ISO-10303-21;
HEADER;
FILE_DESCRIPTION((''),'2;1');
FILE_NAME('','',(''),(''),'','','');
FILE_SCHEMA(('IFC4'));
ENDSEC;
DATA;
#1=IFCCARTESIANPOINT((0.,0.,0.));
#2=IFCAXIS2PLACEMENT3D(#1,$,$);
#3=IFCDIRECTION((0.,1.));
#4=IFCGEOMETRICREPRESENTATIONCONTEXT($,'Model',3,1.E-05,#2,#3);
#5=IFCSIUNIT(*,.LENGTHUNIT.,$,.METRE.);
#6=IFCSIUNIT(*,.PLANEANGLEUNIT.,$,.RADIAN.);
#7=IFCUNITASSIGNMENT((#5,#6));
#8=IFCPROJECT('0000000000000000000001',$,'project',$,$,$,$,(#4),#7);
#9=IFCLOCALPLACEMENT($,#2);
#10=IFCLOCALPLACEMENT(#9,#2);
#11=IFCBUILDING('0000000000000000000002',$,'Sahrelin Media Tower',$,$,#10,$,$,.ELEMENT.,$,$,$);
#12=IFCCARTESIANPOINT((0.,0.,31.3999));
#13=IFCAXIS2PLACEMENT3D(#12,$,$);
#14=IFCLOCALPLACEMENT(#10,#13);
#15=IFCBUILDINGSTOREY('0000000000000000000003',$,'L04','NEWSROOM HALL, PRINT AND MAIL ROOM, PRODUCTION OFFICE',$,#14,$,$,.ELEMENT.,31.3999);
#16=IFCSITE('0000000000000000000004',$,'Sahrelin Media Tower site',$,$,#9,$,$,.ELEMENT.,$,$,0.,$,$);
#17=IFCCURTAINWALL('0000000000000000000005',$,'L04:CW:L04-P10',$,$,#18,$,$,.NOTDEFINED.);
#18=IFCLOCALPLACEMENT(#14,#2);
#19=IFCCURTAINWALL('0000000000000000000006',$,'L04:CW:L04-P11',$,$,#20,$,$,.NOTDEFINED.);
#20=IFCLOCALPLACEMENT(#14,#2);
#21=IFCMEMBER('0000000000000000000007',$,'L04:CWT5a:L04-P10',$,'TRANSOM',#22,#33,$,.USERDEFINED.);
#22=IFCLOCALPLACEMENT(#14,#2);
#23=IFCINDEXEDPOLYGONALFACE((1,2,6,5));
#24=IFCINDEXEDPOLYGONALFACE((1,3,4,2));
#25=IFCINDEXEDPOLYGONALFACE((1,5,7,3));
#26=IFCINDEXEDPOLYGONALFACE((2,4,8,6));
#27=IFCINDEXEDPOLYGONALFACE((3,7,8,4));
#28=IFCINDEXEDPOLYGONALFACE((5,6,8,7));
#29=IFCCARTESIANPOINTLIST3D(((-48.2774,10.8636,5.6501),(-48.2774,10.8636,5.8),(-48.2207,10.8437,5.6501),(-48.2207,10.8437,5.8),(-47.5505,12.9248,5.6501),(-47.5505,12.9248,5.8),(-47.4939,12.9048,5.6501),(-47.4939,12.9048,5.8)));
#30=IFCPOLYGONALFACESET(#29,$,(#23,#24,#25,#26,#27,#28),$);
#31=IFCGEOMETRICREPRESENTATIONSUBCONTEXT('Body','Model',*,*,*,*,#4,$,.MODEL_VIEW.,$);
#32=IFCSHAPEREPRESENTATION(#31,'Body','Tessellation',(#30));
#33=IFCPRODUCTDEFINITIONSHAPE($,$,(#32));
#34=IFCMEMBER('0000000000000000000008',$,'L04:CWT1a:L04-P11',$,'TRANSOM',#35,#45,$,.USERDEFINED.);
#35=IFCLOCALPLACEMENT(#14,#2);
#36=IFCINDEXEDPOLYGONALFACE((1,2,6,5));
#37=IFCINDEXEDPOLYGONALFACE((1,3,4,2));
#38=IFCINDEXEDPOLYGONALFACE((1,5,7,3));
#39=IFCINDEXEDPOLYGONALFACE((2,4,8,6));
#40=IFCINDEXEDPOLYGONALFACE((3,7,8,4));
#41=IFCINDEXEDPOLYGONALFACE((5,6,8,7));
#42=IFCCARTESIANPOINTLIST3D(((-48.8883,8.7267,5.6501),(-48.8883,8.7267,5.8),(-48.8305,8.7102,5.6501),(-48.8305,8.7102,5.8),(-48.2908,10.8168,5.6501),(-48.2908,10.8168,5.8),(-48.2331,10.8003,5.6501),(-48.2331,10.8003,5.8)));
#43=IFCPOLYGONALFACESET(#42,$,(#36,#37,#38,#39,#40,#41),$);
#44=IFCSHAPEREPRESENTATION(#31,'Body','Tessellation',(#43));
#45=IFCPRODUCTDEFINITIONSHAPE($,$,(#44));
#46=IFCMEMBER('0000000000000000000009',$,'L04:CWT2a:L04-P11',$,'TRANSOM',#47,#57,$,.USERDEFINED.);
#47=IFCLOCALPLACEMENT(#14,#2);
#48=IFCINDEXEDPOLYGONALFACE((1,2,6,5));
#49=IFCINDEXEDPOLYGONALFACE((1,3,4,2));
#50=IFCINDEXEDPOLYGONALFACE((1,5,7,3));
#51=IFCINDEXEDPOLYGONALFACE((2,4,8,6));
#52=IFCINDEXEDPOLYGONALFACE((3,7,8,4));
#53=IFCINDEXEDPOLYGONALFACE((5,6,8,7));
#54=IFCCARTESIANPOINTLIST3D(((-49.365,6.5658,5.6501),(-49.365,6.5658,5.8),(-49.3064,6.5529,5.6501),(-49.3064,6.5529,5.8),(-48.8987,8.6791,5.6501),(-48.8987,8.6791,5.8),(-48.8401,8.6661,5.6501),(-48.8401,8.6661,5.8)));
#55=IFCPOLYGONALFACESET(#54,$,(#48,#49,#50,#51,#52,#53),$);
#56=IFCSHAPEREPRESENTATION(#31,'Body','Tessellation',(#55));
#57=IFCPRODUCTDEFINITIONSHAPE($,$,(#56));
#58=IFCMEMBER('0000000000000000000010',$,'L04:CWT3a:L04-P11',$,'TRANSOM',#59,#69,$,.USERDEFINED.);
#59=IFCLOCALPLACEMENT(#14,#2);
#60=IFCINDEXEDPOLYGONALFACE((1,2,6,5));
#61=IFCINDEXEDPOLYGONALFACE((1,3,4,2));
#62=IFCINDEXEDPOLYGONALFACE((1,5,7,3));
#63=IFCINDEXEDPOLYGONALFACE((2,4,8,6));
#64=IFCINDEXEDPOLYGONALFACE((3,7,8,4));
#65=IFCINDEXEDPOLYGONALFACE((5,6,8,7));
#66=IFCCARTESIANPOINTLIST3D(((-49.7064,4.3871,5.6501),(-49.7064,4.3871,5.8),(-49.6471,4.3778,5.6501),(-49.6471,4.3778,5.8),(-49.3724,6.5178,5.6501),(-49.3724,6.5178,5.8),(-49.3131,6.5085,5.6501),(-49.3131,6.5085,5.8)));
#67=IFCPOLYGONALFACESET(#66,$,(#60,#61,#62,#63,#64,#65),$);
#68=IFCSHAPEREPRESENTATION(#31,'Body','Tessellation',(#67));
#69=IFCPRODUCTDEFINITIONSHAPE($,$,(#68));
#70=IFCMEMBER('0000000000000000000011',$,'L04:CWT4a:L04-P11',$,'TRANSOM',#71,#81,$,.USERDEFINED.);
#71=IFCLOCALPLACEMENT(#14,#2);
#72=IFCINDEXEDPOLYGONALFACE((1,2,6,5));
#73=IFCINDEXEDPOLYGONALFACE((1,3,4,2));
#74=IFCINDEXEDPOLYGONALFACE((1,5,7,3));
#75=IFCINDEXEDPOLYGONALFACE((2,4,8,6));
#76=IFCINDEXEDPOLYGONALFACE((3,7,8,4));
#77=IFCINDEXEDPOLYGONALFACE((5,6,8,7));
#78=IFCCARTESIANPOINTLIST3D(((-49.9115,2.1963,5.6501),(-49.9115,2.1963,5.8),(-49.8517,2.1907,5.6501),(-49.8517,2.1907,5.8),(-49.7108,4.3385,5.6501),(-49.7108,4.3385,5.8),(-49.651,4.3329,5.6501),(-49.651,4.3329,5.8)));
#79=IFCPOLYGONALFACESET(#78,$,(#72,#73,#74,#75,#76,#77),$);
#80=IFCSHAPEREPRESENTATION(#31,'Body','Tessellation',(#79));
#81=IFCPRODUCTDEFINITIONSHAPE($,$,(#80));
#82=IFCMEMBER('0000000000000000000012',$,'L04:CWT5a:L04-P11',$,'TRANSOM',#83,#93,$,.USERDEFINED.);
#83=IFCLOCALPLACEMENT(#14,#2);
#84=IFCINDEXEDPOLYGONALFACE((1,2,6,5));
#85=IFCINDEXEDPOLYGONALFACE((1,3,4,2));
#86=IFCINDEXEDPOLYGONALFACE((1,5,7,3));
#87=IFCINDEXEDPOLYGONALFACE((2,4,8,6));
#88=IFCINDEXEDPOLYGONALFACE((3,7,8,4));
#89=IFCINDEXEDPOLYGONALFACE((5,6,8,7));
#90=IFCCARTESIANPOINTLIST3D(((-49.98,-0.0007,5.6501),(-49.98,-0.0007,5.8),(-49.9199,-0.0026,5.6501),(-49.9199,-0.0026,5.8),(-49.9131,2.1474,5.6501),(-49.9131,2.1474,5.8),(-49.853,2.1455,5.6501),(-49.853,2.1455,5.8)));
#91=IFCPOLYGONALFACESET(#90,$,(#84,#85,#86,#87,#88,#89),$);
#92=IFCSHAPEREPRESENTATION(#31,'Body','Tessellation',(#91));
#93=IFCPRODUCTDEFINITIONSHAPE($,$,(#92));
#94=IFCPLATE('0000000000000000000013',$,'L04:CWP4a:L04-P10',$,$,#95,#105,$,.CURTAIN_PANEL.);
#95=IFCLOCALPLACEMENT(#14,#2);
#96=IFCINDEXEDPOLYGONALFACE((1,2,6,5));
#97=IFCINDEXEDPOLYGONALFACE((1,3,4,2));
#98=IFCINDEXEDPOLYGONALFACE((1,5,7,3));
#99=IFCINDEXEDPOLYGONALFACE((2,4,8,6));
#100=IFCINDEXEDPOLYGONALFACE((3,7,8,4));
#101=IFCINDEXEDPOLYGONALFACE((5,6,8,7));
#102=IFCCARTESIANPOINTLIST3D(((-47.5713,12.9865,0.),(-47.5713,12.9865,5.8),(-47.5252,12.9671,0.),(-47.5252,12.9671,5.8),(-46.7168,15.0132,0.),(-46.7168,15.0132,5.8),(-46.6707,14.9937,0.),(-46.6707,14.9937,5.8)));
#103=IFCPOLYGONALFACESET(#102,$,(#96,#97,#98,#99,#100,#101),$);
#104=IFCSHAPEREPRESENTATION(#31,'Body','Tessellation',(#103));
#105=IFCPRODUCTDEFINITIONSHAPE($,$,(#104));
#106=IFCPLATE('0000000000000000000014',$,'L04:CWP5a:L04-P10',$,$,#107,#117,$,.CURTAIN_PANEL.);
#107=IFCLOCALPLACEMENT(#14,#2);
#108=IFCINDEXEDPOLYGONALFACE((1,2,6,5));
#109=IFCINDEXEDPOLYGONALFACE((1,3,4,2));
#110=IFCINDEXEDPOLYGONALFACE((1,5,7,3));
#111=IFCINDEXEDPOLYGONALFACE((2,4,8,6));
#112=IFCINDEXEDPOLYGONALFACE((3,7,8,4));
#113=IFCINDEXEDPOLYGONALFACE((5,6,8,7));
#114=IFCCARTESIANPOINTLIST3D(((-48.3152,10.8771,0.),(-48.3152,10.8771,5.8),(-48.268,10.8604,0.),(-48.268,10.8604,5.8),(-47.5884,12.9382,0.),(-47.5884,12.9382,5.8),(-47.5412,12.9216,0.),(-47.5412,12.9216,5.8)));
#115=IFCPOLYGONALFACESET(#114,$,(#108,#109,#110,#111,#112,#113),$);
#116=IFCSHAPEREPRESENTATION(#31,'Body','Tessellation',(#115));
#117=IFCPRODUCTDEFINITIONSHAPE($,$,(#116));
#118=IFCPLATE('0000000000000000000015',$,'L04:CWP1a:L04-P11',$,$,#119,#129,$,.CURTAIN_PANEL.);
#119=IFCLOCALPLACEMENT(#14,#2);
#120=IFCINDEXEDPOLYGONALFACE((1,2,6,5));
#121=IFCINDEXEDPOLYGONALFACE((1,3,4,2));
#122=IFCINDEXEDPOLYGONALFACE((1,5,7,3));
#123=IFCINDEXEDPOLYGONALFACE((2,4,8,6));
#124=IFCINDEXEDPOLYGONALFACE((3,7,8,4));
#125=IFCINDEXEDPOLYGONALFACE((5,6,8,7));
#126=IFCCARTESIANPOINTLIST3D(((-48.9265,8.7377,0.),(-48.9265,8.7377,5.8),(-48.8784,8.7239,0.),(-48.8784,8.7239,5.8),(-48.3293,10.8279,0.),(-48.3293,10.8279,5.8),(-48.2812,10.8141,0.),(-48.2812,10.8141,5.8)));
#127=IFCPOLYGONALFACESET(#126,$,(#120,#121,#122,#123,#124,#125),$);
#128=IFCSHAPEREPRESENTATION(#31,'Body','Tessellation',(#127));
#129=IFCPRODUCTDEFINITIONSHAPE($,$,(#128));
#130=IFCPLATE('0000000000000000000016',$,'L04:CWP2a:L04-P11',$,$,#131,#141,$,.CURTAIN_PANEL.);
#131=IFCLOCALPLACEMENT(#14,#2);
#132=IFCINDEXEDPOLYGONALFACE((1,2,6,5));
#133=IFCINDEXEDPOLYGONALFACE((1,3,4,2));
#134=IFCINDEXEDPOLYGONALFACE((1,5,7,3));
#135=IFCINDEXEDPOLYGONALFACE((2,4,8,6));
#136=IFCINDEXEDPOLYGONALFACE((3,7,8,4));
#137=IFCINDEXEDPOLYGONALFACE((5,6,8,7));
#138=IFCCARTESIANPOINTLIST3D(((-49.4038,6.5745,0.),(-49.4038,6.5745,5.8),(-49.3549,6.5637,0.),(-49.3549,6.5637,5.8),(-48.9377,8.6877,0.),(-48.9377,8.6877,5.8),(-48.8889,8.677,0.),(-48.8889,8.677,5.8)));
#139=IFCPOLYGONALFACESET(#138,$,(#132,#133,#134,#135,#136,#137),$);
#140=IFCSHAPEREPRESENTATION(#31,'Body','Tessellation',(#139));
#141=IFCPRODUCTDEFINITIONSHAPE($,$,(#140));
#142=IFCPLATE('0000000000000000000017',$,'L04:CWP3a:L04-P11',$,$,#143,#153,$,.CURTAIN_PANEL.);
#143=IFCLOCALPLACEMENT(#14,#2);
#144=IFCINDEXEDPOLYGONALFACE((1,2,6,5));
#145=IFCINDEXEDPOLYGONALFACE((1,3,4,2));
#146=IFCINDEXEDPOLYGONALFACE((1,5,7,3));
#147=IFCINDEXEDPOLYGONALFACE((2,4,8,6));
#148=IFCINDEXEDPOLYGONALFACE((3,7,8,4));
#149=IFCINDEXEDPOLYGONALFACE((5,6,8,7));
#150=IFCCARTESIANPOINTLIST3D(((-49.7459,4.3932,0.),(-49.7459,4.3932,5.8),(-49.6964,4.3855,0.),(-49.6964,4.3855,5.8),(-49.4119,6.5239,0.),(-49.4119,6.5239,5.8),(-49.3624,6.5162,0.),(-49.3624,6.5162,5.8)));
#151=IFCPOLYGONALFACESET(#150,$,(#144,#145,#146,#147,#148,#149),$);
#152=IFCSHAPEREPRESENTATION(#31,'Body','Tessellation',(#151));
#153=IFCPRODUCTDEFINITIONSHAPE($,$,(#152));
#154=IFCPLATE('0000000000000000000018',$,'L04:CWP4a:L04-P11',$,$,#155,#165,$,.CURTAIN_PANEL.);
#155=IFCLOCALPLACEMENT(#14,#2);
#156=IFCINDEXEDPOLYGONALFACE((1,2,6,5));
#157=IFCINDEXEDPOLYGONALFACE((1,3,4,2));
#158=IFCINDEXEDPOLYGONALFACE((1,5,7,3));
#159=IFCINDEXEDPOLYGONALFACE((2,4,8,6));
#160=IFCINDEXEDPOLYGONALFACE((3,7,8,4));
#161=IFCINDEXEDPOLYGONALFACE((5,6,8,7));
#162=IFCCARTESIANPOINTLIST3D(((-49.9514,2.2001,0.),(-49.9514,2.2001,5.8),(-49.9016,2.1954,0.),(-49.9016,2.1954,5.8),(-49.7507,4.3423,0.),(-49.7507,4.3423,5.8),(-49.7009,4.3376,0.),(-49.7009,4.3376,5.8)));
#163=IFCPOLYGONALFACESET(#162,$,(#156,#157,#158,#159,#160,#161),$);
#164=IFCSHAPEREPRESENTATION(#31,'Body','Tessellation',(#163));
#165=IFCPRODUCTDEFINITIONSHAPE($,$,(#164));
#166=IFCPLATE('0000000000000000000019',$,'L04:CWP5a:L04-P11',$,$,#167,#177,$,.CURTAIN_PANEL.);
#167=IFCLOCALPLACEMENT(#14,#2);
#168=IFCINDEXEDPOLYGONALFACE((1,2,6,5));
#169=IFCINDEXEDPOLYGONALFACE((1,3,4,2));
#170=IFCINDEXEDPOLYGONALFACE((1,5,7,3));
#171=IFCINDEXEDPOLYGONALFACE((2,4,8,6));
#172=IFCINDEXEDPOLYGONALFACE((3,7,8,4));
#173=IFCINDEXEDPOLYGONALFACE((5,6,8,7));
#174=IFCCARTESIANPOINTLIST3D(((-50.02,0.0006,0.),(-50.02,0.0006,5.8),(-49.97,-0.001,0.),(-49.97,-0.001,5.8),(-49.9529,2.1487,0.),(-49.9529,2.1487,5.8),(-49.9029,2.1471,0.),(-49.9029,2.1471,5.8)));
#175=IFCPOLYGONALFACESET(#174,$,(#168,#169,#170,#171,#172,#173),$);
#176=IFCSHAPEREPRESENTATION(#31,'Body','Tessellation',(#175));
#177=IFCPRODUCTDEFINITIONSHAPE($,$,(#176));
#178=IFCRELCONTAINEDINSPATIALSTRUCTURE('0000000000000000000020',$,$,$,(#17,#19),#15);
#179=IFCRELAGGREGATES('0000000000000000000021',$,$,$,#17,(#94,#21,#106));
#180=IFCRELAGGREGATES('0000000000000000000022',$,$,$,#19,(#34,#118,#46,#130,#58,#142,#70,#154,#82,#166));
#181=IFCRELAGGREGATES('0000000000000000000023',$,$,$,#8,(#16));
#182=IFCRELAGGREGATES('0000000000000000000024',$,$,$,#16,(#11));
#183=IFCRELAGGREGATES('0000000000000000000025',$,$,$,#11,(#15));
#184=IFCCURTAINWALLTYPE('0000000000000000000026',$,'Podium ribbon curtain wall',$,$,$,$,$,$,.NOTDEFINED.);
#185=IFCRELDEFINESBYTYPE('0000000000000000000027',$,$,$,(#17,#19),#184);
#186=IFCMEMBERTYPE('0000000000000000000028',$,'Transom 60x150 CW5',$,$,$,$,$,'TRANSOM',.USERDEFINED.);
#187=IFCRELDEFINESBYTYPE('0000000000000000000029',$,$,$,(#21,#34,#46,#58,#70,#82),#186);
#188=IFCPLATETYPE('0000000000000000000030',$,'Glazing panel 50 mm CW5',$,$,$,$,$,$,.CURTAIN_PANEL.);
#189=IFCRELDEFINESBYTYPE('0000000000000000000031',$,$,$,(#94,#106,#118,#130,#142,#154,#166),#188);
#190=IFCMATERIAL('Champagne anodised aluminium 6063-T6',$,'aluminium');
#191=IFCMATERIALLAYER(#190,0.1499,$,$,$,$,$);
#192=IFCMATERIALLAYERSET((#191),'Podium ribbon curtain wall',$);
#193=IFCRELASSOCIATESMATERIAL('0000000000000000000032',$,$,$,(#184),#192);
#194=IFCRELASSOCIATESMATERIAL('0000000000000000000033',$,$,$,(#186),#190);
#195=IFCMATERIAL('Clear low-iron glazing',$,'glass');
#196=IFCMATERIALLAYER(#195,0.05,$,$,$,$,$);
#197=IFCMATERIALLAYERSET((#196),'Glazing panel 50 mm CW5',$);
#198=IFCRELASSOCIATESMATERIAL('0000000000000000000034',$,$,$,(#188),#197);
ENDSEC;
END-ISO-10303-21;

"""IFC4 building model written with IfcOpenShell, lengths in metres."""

from ifc_helpers import new_model, si_unit, direction, frame, origin, origin_2d, place, context, subcontext, project, spatial, polyline, rectangle, outline, extrude, material, layer, layer_set, material_profile, profile_set, type_object, element, aggregate, save


model = new_model("IFC4")

# Units and contexts
model_context = context("Model", 3, precision=1e-05, world=origin(), true_north=direction((0.0, 1.0)))
body_context = subcontext(model_context, "Body", "Model", "MODEL_VIEW")
ifc_project = project(units=[si_unit("LENGTHUNIT", "METRE"), si_unit("PLANEANGLEUNIT", "RADIAN")], contexts=[model_context])

# Site, building, storey
site_placement = place(None, origin())
site = spatial("IfcSite", under=ifc_project, at=site_placement, Name="Sahrelin Media Tower site", CompositionType="ELEMENT", RefElevation=0.0)
building_placement = place(site_placement, origin())
building = spatial("IfcBuilding", under=site, at=building_placement, Name="Sahrelin Media Tower", CompositionType="ELEMENT")
storey_placement = place(building_placement, frame((0.0, 0.0, 31.3999)))
storey = spatial("IfcBuildingStorey", under=building, at=storey_placement, Name="L04", Description="NEWSROOM HALL, PRINT AND MAIL ROOM, PRODUCTION OFFICE", CompositionType="ELEMENT", Elevation=31.3999)

# Curtain walls
ifc_material_1 = material(Name="Champagne anodised aluminium 6063-T6", Category="aluminium")
ifc_layer_1 = layer(ifc_material_1, 0.1499)
ifc_layer_set_1 = layer_set([ifc_layer_1], Name="Podium ribbon curtain wall")
curtain_wall_type = type_object("IfcCurtainWallType", Name="Podium ribbon curtain wall", PredefinedType="NOTDEFINED", material=ifc_layer_set_1)
curtain_wall_1_placement = place(storey_placement, frame((-43.3013, 21.0, 0.0), z_axis=(0.0, 0.0, 1.0), x_axis=(1.0, 0.0, 0.0)))
curtain_wall_1 = element("IfcCurtainWall", 1, at=curtain_wall_1_placement, inside=storey, type_object=curtain_wall_type, Name="L04:CW:L04-P10", PredefinedType="NOTDEFINED")
curtain_wall_2_placement = place(storey_placement, frame((-48.2964, 10.8704, 0.0), z_axis=(0.0, 0.0, 1.0), x_axis=(1.0, 0.0, 0.0)))
curtain_wall_2 = element("IfcCurtainWall", 2, at=curtain_wall_2_placement, inside=storey, type_object=curtain_wall_type, Name="L04:CW:L04-P11", PredefinedType="NOTDEFINED")

# Members
ifc_material_profile_1 = material_profile(ifc_material_1, rectangle(XDim=0.0601, YDim=0.1499, at=origin_2d()), Name="Transom 60x150")
ifc_profile_set_1 = profile_set([ifc_material_profile_1], Name="Champagne anodised aluminium 6063-T6")
member_type_1 = type_object("IfcMemberType", Name="Transom 60x150 CW5", ElementType="TRANSOM", PredefinedType="USERDEFINED", material=ifc_profile_set_1)
member_1_placement = place(storey_placement, frame((-47.5222, 12.9148, 5.7251), z_axis=(-0.332569, -0.943079, 0.0), x_axis=(0.943079, -0.332569, 0.0)))
member_1 = element("IfcMember", 3, at=member_1_placement, type_object=member_type_1, Name="L04:CWT5a:L04-P10", ObjectType="TRANSOM", PredefinedType="USERDEFINED", context=body_context, shape_type="SweptSolid", body=[
    extrude(rectangle(XDim=0.0601, YDim=0.1499, at=origin_2d()), origin(), (0.0, 0.0, 1.0), 2.1855),
])
member_2_placement = place(storey_placement, frame((-48.262, 10.8086, 5.7251), z_axis=(-0.274825, -0.961494, 0.0), x_axis=(0.961494, -0.274825, 0.0)))
member_2 = element("IfcMember", 4, at=member_2_placement, type_object=member_type_1, Name="L04:CWT1a:L04-P11", ObjectType="TRANSOM", PredefinedType="USERDEFINED", context=body_context, shape_type="SweptSolid", body=[
    extrude(rectangle(XDim=0.0601, YDim=0.1499, at=origin_2d()), origin(), (0.0, 0.0, 1.0), 2.1738),
])
member_3_placement = place(storey_placement, frame((-48.8694, 8.6726, 5.7251), z_axis=(-0.215473, -0.97651, 0.0), x_axis=(0.97651, -0.215473, 0.0)))
member_3 = element("IfcMember", 5, at=member_3_placement, type_object=member_type_1, Name="L04:CWT2a:L04-P11", ObjectType="TRANSOM", PredefinedType="USERDEFINED", context=body_context, shape_type="SweptSolid", body=[
    extrude(rectangle(XDim=0.0601, YDim=0.1499, at=origin_2d()), origin(), (0.0, 0.0, 1.0), 2.1641),
])
member_4_placement = place(storey_placement, frame((-49.3428, 6.5132, 5.7251), z_axis=(-0.154864, -0.987936, 0.0), x_axis=(0.987936, -0.154864, 0.0)))
member_4 = element("IfcMember", 6, at=member_4_placement, type_object=member_type_1, Name="L04:CWT3a:L04-P11", ObjectType="TRANSOM", PredefinedType="USERDEFINED", context=body_context, shape_type="SweptSolid", body=[
    extrude(rectangle(XDim=0.0601, YDim=0.1499, at=origin_2d()), origin(), (0.0, 0.0, 1.0), 2.1567),
])
member_5_placement = place(storey_placement, frame((-49.6809, 4.3357, 5.7251), z_axis=(-0.093267, -0.995641, 0.0), x_axis=(0.995641, -0.093267, 0.0)))
member_5 = element("IfcMember", 7, at=member_5_placement, type_object=member_type_1, Name="L04:CWT4a:L04-P11", ObjectType="TRANSOM", PredefinedType="USERDEFINED", context=body_context, shape_type="SweptSolid", body=[
    extrude(rectangle(XDim=0.0601, YDim=0.1499, at=origin_2d()), origin(), (0.0, 0.0, 1.0), 2.1516),
])
member_6_placement = place(storey_placement, frame((-49.8831, 2.1465, 5.7251), z_axis=(-0.031125, -0.999516, 0.0), x_axis=(0.999516, -0.031125, 0.0)))
member_6 = element("IfcMember", 8, at=member_6_placement, type_object=member_type_1, Name="L04:CWT5a:L04-P11", ObjectType="TRANSOM", PredefinedType="USERDEFINED", context=body_context, shape_type="SweptSolid", body=[
    extrude(rectangle(XDim=0.0601, YDim=0.1499, at=origin_2d()), origin(), (0.0, 0.0, 1.0), 2.1492),
])

# Plates
ifc_material_2 = material(Name="Clear low-iron glazing", Category="glass")
ifc_layer_2 = layer(ifc_material_2, 0.05)
ifc_layer_set_2 = layer_set([ifc_layer_2], Name="Glazing panel 50 mm CW5")
plate_type = type_object("IfcPlateType", Name="Glazing panel 50 mm CW5", PredefinedType="CURTAIN_PANEL", material=ifc_layer_set_2)
plate_1_placement = place(storey_placement, frame((-46.7168, 15.0132, 0.0), z_axis=(-0.921443, 0.388514, 0.0), x_axis=(-0.388514, -0.921443, 0.0)))
plate_1 = element("IfcPlate", 9, at=plate_1_placement, type_object=plate_type, Name="L04:CWP4a:L04-P10", PredefinedType="CURTAIN_PANEL", context=body_context, shape_type="SweptSolid", body=[
    extrude(outline(polyline([(0.0, 0.0), (2.1995, 0.0), (2.1995, 5.8), (0.0, 5.8), (0.0, 0.0)])), origin(), (0.0, 0.0, -1.0), 0.05),
])
plate_2_placement = place(storey_placement, frame((-47.5884, 12.9382, 0.0), z_axis=(-0.943079, 0.332569, 0.0), x_axis=(-0.332569, -0.943079, 0.0)))
plate_2 = element("IfcPlate", 10, at=plate_2_placement, type_object=plate_type, Name="L04:CWP5a:L04-P10", PredefinedType="CURTAIN_PANEL", context=body_context, shape_type="SweptSolid", body=[
    extrude(outline(polyline([(0.0, 0.0), (2.1855, 0.0), (2.1855, 5.8), (0.0, 5.8), (0.0, 0.0)])), origin(), (0.0, 0.0, -1.0), 0.05),
])
aggregate(curtain_wall_1, [plate_1, member_1, plate_2])
plate_3_placement = place(storey_placement, frame((-48.3293, 10.8279, 0.0), z_axis=(-0.961524, 0.274721, 0.0), x_axis=(-0.274721, -0.961524, 0.0)))
plate_3 = element("IfcPlate", 11, at=plate_3_placement, type_object=plate_type, Name="L04:CWP1a:L04-P11", PredefinedType="CURTAIN_PANEL", context=body_context, shape_type="SweptSolid", body=[
    extrude(outline(polyline([(0.0, 0.0), (2.1738, 0.0), (2.1738, 5.8), (0.0, 5.8), (0.0, 0.0)])), origin(), (0.0, 0.0, -1.0), 0.05),
])
plate_4_placement = place(storey_placement, frame((-48.9377, 8.6877, 0.0), z_axis=(-0.976534, 0.215365, 0.0), x_axis=(-0.215365, -0.976534, 0.0)))
plate_4 = element("IfcPlate", 12, at=plate_4_placement, type_object=plate_type, Name="L04:CWP2a:L04-P11", PredefinedType="CURTAIN_PANEL", context=body_context, shape_type="SweptSolid", body=[
    extrude(outline(polyline([(0.0, 0.0), (2.1641, 0.0), (2.1641, 5.8), (0.0, 5.8), (0.0, 0.0)])), origin(), (0.0, 0.0, -1.0), 0.05),
])
plate_5_placement = place(storey_placement, frame((-49.4119, 6.5239, 0.0), z_axis=(-0.987936, 0.154864, 0.0), x_axis=(-0.154864, -0.987936, 0.0)))
plate_5 = element("IfcPlate", 13, at=plate_5_placement, type_object=plate_type, Name="L04:CWP3a:L04-P11", PredefinedType="CURTAIN_PANEL", context=body_context, shape_type="SweptSolid", body=[
    extrude(outline(polyline([(0.0, 0.0), (2.1567, 0.0), (2.1567, 5.8), (0.0, 5.8), (0.0, 0.0)])), origin(), (0.0, 0.0, -1.0), 0.05),
])
plate_6_placement = place(storey_placement, frame((-49.7507, 4.3423, 0.0), z_axis=(-0.995641, 0.093267, 0.0), x_axis=(-0.093267, -0.995641, 0.0)))
plate_6 = element("IfcPlate", 14, at=plate_6_placement, type_object=plate_type, Name="L04:CWP4a:L04-P11", PredefinedType="CURTAIN_PANEL", context=body_context, shape_type="SweptSolid", body=[
    extrude(outline(polyline([(0.0, 0.0), (2.1516, 0.0), (2.1516, 5.8), (0.0, 5.8), (0.0, 0.0)])), origin(), (0.0, 0.0, -1.0), 0.05),
])
plate_7_placement = place(storey_placement, frame((-49.9529, 2.1487, 0.0), z_axis=(-0.999512, 0.031238, 0.0), x_axis=(-0.031238, -0.999512, 0.0)))
plate_7 = element("IfcPlate", 15, at=plate_7_placement, type_object=plate_type, Name="L04:CWP5a:L04-P11", PredefinedType="CURTAIN_PANEL", context=body_context, shape_type="SweptSolid", body=[
    extrude(outline(polyline([(0.0, 0.0), (2.1492, 0.0), (2.1492, 5.8), (0.0, 5.8), (0.0, 0.0)])), origin(), (0.0, 0.0, -1.0), 0.05),
])
aggregate(curtain_wall_2, [member_2, plate_3, member_3, plate_4, member_4, plate_5, member_5, plate_6, member_6, plate_7])

save(model, "model.ifc")
